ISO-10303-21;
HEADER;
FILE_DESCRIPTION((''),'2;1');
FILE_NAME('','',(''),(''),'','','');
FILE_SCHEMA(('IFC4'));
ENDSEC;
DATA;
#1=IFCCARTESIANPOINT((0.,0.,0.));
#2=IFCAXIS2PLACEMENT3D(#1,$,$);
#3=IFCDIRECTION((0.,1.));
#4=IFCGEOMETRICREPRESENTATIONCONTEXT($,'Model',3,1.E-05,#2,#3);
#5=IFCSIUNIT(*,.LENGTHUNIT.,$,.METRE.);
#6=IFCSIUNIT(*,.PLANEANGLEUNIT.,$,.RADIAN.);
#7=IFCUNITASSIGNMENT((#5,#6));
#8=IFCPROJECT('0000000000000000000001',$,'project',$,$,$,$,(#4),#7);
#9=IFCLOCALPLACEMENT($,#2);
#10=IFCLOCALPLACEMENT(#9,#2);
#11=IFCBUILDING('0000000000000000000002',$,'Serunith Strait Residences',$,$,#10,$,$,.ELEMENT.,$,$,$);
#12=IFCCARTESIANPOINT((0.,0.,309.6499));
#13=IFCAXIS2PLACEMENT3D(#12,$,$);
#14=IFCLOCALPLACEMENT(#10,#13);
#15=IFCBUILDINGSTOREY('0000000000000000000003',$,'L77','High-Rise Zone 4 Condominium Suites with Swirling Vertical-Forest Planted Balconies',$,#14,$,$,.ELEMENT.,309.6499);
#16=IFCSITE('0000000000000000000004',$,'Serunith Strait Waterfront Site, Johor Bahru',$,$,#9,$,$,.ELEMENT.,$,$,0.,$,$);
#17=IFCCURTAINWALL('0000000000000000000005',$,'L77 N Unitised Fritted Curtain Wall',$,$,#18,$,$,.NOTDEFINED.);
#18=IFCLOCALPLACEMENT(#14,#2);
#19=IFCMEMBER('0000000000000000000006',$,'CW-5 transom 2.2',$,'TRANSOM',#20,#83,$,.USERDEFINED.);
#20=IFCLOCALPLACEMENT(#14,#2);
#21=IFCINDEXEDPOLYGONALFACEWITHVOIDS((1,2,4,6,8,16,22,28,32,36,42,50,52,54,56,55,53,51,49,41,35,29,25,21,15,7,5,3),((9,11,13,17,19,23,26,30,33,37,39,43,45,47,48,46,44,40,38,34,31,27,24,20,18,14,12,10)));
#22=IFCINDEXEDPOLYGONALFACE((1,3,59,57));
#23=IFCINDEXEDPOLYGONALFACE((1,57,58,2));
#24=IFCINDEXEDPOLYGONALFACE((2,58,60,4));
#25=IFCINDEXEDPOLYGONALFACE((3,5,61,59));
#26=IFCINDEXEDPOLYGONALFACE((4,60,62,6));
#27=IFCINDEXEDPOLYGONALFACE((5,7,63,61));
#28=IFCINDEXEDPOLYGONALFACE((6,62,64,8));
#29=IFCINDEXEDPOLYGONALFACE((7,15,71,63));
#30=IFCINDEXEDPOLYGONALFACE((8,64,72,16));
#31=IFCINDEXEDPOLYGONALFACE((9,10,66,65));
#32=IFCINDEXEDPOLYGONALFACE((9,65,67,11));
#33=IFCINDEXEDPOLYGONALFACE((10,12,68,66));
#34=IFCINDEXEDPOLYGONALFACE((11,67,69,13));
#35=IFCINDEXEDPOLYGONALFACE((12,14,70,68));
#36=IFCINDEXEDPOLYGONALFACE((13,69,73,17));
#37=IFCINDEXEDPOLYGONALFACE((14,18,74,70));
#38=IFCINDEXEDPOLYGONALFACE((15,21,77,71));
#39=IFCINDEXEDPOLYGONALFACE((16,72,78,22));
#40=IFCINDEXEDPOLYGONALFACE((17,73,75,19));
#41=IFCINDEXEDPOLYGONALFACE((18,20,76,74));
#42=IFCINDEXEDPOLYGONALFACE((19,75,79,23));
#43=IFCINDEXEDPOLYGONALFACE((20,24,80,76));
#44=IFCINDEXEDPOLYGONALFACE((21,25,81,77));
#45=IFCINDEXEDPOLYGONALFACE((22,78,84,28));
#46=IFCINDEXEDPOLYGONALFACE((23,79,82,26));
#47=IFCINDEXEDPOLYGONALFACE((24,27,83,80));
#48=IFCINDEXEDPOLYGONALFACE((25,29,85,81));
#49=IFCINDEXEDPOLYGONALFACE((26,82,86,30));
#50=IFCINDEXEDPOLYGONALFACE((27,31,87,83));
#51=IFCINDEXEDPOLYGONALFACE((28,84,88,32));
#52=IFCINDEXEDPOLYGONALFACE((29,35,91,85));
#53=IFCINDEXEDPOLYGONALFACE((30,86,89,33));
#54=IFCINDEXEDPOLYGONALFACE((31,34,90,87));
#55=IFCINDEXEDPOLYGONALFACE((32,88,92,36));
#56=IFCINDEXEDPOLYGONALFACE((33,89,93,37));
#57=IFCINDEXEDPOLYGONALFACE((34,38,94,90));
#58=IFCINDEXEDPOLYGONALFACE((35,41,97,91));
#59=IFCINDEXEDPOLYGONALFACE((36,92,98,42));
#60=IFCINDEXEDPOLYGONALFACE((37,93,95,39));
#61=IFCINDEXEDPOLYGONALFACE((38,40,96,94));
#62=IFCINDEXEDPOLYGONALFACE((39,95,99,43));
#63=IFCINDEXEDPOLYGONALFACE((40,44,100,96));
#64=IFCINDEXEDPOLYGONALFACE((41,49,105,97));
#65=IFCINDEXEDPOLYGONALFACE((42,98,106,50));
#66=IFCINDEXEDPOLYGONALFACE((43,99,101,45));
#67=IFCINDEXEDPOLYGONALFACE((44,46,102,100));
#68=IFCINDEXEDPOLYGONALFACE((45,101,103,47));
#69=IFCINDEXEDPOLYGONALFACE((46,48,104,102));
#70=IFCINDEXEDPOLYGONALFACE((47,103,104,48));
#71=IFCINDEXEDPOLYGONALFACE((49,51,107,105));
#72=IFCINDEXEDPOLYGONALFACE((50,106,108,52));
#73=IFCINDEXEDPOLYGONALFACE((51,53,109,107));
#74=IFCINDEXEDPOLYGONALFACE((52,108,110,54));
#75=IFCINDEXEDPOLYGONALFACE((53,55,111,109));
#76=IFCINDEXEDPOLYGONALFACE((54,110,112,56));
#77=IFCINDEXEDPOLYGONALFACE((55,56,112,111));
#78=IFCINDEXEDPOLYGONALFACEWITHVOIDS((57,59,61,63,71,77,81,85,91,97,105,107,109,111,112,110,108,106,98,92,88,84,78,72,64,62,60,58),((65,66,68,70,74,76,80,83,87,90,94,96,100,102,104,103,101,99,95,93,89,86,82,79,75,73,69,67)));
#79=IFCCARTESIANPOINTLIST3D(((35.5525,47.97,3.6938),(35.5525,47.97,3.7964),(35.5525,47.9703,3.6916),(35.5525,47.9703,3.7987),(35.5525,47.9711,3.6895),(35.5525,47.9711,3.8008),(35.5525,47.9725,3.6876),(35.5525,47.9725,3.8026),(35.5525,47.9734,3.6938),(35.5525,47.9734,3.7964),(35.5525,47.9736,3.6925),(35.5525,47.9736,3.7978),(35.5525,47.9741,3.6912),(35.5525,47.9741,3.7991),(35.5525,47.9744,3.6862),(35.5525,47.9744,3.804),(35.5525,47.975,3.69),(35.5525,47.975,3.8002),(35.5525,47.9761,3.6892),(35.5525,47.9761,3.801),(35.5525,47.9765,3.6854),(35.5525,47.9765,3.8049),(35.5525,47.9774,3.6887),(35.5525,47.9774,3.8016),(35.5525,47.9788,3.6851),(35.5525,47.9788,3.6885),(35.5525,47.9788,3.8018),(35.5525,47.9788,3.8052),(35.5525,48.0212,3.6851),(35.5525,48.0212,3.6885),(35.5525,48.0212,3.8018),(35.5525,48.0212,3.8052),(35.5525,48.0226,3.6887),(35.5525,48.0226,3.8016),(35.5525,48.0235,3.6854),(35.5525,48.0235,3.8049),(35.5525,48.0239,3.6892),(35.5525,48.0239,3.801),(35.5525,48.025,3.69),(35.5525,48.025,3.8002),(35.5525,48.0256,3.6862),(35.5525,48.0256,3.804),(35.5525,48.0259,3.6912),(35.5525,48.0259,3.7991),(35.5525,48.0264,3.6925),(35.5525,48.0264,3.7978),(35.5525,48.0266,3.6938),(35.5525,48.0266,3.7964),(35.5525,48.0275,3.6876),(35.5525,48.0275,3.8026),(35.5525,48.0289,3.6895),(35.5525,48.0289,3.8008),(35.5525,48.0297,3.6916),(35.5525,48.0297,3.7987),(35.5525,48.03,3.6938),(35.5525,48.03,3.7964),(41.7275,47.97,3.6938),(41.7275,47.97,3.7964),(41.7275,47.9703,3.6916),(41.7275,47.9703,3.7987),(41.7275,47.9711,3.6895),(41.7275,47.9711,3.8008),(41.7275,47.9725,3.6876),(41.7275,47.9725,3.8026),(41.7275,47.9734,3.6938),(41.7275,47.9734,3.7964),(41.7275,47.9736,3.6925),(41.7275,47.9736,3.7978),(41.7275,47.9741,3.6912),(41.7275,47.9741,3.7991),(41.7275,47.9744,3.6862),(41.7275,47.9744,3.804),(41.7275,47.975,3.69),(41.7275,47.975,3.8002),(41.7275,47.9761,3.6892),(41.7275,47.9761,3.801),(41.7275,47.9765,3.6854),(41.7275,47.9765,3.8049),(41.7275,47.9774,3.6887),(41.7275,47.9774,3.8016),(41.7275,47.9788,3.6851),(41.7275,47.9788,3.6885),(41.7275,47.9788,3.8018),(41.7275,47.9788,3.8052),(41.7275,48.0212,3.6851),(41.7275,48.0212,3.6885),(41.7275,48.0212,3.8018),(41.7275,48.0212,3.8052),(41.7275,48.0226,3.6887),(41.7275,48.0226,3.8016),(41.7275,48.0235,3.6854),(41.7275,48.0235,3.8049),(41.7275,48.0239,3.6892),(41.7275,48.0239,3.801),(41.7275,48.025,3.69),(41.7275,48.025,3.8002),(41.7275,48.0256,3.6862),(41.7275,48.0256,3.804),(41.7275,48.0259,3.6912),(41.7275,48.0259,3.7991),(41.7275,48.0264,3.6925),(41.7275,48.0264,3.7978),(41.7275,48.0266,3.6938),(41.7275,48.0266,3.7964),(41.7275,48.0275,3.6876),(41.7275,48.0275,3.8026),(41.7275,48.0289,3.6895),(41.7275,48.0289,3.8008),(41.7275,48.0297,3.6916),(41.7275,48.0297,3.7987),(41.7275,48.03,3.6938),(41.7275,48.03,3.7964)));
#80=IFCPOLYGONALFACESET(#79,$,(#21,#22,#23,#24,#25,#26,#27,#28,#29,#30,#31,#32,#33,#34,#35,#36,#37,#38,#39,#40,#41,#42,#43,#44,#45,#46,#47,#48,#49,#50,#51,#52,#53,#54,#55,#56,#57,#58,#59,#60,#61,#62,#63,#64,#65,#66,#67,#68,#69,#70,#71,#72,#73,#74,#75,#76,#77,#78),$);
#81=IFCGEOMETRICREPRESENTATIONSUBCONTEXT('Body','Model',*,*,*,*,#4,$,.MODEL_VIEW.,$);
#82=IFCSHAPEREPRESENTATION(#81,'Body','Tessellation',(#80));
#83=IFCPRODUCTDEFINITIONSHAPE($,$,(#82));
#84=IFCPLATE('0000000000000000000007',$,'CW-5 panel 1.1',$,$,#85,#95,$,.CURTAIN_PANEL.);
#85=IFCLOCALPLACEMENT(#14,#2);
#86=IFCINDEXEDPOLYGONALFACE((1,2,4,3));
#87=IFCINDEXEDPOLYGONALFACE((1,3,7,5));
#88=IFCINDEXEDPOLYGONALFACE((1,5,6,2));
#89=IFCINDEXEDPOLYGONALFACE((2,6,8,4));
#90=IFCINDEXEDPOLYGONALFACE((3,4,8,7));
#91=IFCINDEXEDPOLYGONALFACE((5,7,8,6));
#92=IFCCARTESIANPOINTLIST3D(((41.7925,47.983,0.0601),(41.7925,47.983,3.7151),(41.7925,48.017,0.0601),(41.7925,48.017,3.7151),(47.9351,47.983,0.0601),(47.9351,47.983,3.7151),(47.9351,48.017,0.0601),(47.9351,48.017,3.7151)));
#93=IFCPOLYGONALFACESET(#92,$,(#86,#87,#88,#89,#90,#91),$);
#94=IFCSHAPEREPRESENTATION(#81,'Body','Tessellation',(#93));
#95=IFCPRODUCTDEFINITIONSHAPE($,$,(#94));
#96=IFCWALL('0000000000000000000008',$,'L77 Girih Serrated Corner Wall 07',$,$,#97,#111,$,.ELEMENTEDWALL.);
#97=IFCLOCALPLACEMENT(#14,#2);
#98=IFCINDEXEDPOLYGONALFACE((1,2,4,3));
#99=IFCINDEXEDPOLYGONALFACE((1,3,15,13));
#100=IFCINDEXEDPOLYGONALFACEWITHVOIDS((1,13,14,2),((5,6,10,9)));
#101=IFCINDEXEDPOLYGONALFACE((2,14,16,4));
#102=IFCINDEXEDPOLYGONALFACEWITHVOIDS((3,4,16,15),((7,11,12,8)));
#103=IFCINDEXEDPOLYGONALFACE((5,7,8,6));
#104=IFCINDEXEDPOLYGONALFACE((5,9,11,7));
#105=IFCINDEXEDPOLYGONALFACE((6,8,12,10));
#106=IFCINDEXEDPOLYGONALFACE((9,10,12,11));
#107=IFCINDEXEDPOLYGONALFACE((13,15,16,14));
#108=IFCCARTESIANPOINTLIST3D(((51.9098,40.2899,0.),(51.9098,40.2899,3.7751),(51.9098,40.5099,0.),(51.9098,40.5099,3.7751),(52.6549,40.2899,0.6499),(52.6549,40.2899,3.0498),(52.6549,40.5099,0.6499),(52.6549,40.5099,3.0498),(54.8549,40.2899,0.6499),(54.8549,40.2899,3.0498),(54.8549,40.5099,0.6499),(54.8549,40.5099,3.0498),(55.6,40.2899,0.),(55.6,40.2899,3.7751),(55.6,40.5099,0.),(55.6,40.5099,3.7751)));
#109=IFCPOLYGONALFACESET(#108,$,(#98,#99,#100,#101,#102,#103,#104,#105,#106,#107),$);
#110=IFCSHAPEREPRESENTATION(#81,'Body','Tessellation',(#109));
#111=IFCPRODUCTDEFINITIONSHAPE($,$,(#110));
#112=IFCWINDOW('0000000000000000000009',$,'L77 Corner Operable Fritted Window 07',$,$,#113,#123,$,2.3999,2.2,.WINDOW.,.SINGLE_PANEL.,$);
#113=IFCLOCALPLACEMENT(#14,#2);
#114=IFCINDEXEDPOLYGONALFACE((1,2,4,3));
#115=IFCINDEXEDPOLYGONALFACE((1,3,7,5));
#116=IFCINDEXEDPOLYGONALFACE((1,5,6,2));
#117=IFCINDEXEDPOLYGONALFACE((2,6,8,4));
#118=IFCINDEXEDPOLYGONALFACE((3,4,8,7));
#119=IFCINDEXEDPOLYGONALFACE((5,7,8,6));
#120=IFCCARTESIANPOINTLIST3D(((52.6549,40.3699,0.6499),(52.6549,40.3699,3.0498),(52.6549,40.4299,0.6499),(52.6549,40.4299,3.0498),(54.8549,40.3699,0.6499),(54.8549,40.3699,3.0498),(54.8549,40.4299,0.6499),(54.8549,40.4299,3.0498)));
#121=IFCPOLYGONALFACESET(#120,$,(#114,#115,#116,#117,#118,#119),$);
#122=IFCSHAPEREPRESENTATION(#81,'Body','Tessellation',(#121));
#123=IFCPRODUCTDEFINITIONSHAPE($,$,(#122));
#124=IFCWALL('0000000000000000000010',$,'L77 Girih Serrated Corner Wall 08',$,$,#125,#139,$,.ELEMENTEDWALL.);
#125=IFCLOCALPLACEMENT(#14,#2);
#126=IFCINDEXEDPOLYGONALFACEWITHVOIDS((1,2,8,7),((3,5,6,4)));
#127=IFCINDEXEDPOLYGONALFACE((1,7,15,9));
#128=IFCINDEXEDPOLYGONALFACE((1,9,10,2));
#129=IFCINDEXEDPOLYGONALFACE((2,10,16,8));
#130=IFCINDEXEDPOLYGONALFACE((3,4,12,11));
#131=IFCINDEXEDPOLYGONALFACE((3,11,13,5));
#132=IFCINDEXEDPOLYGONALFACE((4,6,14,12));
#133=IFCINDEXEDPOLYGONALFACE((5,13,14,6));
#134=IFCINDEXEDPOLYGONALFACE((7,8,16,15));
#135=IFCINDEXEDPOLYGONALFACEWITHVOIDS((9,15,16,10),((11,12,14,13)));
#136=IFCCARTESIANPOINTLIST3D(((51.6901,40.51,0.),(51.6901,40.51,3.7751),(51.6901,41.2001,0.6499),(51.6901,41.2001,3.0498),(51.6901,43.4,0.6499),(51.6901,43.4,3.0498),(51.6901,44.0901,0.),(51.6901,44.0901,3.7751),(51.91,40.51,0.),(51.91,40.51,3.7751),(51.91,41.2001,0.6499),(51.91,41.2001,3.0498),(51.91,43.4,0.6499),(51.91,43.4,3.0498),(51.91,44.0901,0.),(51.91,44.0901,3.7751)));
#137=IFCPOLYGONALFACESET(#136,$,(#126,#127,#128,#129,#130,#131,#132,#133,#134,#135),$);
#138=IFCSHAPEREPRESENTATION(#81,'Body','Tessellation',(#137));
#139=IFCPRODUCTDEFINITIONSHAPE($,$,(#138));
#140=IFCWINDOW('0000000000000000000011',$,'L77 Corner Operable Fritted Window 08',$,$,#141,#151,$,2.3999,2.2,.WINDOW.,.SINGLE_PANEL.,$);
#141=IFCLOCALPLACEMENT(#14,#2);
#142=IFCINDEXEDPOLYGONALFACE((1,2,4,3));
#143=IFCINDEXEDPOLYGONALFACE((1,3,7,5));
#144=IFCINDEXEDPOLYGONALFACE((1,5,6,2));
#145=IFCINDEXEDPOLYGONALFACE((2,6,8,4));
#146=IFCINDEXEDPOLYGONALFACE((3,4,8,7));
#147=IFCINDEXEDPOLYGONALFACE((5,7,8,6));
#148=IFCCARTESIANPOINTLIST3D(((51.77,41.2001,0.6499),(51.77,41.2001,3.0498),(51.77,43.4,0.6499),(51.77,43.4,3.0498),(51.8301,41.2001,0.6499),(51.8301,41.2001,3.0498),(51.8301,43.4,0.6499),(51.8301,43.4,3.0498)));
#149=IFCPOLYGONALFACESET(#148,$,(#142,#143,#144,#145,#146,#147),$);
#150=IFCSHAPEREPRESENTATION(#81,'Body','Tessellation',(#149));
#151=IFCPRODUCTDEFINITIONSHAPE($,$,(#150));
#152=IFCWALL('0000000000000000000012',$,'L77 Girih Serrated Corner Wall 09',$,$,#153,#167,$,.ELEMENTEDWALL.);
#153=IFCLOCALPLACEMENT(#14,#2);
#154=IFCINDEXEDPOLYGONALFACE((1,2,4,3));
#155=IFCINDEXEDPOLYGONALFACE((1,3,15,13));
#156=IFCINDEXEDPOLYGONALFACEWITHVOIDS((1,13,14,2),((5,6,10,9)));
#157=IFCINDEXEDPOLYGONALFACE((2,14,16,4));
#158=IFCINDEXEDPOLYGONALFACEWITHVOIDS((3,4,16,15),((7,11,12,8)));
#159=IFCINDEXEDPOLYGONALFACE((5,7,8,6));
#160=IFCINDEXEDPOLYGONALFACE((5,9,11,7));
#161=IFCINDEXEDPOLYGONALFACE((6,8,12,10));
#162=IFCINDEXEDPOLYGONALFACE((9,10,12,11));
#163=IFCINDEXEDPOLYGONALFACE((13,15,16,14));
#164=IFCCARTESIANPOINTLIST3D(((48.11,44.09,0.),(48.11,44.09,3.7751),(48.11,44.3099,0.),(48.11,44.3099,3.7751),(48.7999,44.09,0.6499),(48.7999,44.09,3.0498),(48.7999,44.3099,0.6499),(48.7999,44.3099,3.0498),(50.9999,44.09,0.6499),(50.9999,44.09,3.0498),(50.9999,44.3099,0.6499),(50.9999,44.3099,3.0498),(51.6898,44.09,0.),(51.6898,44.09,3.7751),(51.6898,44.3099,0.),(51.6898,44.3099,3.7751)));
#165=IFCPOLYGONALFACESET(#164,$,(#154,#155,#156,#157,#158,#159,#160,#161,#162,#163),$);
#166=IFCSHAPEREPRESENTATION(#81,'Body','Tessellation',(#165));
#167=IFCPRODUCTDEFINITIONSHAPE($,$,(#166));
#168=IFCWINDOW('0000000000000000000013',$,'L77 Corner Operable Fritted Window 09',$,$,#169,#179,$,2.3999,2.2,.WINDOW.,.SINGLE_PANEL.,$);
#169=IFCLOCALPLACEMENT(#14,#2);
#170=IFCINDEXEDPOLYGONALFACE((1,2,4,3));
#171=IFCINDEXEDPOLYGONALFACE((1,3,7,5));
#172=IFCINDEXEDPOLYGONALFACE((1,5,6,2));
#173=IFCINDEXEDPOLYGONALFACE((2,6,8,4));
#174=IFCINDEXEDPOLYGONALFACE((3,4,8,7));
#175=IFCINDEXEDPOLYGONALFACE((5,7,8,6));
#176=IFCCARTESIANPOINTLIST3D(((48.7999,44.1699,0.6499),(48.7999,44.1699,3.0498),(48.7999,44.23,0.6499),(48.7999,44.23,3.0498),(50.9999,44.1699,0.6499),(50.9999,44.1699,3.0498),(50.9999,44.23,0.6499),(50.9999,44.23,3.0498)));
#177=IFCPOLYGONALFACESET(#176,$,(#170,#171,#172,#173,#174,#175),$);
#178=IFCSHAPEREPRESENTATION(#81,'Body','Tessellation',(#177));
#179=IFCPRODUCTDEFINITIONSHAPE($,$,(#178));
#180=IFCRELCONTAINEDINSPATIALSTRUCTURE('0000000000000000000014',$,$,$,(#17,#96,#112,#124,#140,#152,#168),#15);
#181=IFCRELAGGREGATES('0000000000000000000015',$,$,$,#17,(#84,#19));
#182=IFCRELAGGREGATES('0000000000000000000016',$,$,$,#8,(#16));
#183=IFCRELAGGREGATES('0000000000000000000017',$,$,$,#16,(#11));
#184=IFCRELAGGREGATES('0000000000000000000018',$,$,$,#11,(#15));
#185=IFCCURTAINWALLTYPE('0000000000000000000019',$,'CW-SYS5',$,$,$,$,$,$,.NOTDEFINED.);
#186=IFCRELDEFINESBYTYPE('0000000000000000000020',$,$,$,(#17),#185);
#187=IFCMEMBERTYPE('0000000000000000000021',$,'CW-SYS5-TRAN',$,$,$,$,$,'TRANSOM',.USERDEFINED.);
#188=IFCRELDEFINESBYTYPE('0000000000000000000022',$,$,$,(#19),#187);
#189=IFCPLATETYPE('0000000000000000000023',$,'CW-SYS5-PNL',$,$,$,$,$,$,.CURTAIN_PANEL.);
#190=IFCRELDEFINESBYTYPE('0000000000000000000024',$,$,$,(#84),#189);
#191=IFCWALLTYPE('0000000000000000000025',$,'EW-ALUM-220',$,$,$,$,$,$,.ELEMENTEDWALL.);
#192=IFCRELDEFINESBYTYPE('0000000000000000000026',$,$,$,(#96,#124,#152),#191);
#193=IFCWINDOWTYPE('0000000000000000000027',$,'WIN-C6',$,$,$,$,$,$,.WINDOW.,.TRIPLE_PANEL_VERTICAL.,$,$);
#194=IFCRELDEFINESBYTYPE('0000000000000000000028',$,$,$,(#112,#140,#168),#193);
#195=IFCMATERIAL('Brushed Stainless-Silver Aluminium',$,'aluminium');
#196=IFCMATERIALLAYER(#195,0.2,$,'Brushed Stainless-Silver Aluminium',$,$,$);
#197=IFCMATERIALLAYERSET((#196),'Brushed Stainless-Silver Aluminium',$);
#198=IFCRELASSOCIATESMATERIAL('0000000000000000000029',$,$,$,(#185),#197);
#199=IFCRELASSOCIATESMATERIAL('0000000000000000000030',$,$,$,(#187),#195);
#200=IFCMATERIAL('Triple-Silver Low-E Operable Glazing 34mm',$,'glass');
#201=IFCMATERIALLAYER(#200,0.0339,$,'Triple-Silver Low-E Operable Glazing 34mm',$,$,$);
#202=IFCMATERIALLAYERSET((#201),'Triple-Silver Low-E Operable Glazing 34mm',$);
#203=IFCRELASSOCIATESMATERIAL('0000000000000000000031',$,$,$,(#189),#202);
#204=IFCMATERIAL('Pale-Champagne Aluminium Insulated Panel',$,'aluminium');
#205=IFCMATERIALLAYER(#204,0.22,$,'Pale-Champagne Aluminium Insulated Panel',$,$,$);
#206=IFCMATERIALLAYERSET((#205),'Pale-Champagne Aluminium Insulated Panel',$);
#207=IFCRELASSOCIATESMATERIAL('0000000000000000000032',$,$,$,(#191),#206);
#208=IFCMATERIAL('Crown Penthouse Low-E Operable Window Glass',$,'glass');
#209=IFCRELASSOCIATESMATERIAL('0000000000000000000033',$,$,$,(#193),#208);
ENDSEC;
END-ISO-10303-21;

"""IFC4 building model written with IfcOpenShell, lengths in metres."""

from ifc_helpers import new_model, si_unit, direction, frame, frame_2d, origin, origin_2d, place, context, subcontext, project, spatial, rectangle, hollow_rectangle, extrude, source, transform, mapped, material, layer, layer_set, material_profile, profile_set, type_object, element, fill, aggregate, save


model = new_model("IFC4")

# Units and contexts
model_context = context("Model", 3, precision=1e-05, world=origin(), true_north=direction((0.0, 1.0)))
body_context = subcontext(model_context, "Body", "Model", "MODEL_VIEW")
ifc_project = project(units=[si_unit("LENGTHUNIT", "METRE"), si_unit("PLANEANGLEUNIT", "RADIAN")], contexts=[model_context])

# Site, building, storey
site_placement = place(None, origin())
site = spatial("IfcSite", under=ifc_project, at=site_placement, Name="Serunith Strait Waterfront Site, Johor Bahru", CompositionType="ELEMENT", RefElevation=0.0)
building_placement = place(site_placement, origin())
building = spatial("IfcBuilding", under=site, at=building_placement, Name="Serunith Strait Residences", CompositionType="ELEMENT")
storey_placement = place(building_placement, frame((0.0, 0.0, 309.6499)))
storey = spatial("IfcBuildingStorey", under=building, at=storey_placement, Name="L77", Description="High-Rise Zone 4 Condominium Suites with Swirling Vertical-Forest Planted Balconies", CompositionType="ELEMENT", Elevation=309.6499)

# Shared definitions
ifc_material_1 = material(Name="Brushed Stainless-Silver Aluminium", Category="aluminium")
ifc_layer_1 = layer(ifc_material_1, 0.2, Name="Brushed Stainless-Silver Aluminium")
ifc_layer_set_1 = layer_set([ifc_layer_1], Name="Brushed Stainless-Silver Aluminium")
curtain_wall_type = type_object("IfcCurtainWallType", Name="CW-SYS5", PredefinedType="NOTDEFINED", material=ifc_layer_set_1)

# Curtain wall, member, plate
curtain_wall_1_placement = place(storey_placement, origin())
curtain_wall_1 = element("IfcCurtainWall", 1, at=curtain_wall_1_placement, inside=storey, type_object=curtain_wall_type, Name="L77 N Unitised Fritted Curtain Wall", PredefinedType="NOTDEFINED")
ifc_material_profile_1 = material_profile(ifc_material_1, hollow_rectangle(XDim=0.0601, YDim=0.1201, WallThickness=0.0034, InnerFilletRadius=0.0054, OuterFilletRadius=0.0088, at=origin_2d()), Name="ALU 120x60x3.5")
ifc_profile_set_1 = profile_set([ifc_material_profile_1], Name="Brushed Stainless-Silver Aluminium")
member_type_1 = type_object("IfcMemberType", Name="CW-SYS5-TRAN", ElementType="TRANSOM", PredefinedType="USERDEFINED", material=ifc_profile_set_1)
shared_shape_1 = source(origin(), body_context, "Body", "SweptSolid", [
    extrude(hollow_rectangle(XDim=0.0601, YDim=0.1201, WallThickness=0.0034, InnerFilletRadius=0.0054, OuterFilletRadius=0.0088, at=origin_2d()), origin(), (0.0, 0.0, 1.0), 6.175),
])
member_1_placement = place(storey_placement, frame((41.7275, 48.0, 3.7451), z_axis=(-1.0, 0.0, 0.0), x_axis=(0.0, -1.0, 0.0)))
member_1 = element("IfcMember", 2, at=member_1_placement, type_object=member_type_1, Name="CW-5 transom 2.2", ObjectType="TRANSOM", PredefinedType="USERDEFINED", context=body_context, shape_type="MappedRepresentation", body=[
    mapped(shared_shape_1, transform((0.0, 0.0, 0.0), scale=1.0)),
])
ifc_material_2 = material(Name="Triple-Silver Low-E Operable Glazing 34mm", Category="glass")
ifc_layer_2 = layer(ifc_material_2, 0.0339, Name="Triple-Silver Low-E Operable Glazing 34mm")
ifc_layer_set_2 = layer_set([ifc_layer_2], Name="Triple-Silver Low-E Operable Glazing 34mm")
plate_type = type_object("IfcPlateType", Name="CW-SYS5-PNL", PredefinedType="CURTAIN_PANEL", material=ifc_layer_set_2)
shared_shape_2 = source(origin(), body_context, "Body", "SweptSolid", [
    extrude(rectangle(XDim=6.1426, YDim=0.0339, at=origin_2d()), origin(), (0.0, 0.0, 1.0), 3.655),
])
plate_placement = place(storey_placement, frame((44.8638, 48.0, 0.0601), z_axis=(0.0, 0.0, 1.0), x_axis=(-1.0, 0.0, 0.0)))
plate = element("IfcPlate", 3, at=plate_placement, type_object=plate_type, Name="CW-5 panel 1.1", PredefinedType="CURTAIN_PANEL", context=body_context, shape_type="MappedRepresentation", body=[
    mapped(shared_shape_2, transform((0.0, 0.0, 0.0), scale=1.0)),
])
aggregate(curtain_wall_1, [plate, member_1])

# Walls, openings, windows
ifc_material_3 = material(Name="Pale-Champagne Aluminium Insulated Panel", Category="aluminium")
ifc_layer_3 = layer(ifc_material_3, 0.22, Name="Pale-Champagne Aluminium Insulated Panel")
ifc_layer_set_3 = layer_set([ifc_layer_3], Name="Pale-Champagne Aluminium Insulated Panel")
wall_type = type_object("IfcWallType", Name="EW-ALUM-220", PredefinedType="ELEMENTEDWALL", material=ifc_layer_set_3)
wall_1_placement = place(storey_placement, frame((55.6001, 40.3999, 0.0), z_axis=(0.0, 0.0, 1.0), x_axis=(-1.0, 0.0, 0.0)))
wall_1 = element("IfcWall", 4, at=wall_1_placement, inside=storey, type_object=wall_type, Name="L77 Girih Serrated Corner Wall 07", PredefinedType="ELEMENTEDWALL", context=body_context, shape_type="SweptSolid", body=[
    extrude(rectangle(XDim=3.6902, YDim=0.22, at=frame_2d((1.8452, 0.0))), origin(), (0.0, 0.0, 1.0), 3.7751),
])
opening_1_placement = place(wall_1_placement, frame((0.7451, 0.0, 0.6499)))
opening_1 = element("IfcOpeningElement", 5, at=opening_1_placement, cuts=wall_1, PredefinedType="OPENING", context=body_context, shape_type="SweptSolid", body=[
    extrude(rectangle(XDim=2.2, YDim=2.3999, at=frame_2d((1.1001, 1.2))), frame((0.0, 0.1201, 0.0), z_axis=(0.0, -1.0, 0.0), x_axis=(1.0, 0.0, 0.0)), (0.0, 0.0, 1.0), 0.24),
])
ifc_material_4 = material(Name="Crown Penthouse Low-E Operable Window Glass", Category="glass")
window_type = type_object("IfcWindowType", Name="WIN-C6", PartitioningType="TRIPLE_PANEL_VERTICAL", PredefinedType="WINDOW", material=ifc_material_4)
shared_shape_3 = source(origin(), body_context, "Body", "SweptSolid", [
    extrude(rectangle(XDim=2.2, YDim=2.3999, at=frame_2d((1.1001, 1.2))), frame((0.0, 0.03, 0.0), z_axis=(0.0, -1.0, 0.0), x_axis=(1.0, 0.0, 0.0)), (0.0, 0.0, 1.0), 0.0601),
])
window_1_placement = place(opening_1_placement, origin())
window_1 = element("IfcWindow", 6, at=window_1_placement, inside=storey, type_object=window_type, Name="L77 Corner Operable Fritted Window 07", OverallHeight=2.3999, OverallWidth=2.2, PartitioningType="SINGLE_PANEL", PredefinedType="WINDOW", context=body_context, shape_type="MappedRepresentation", body=[
    mapped(shared_shape_3, transform((0.0, 0.0, 0.0), scale=1.0)),
])
fill(opening_1, window_1)
wall_2_placement = place(storey_placement, frame((51.8, 40.51, 0.0), z_axis=(0.0, 0.0, 1.0), x_axis=(0.0, 1.0, 0.0)))
wall_2 = element("IfcWall", 7, at=wall_2_placement, inside=storey, type_object=wall_type, Name="L77 Girih Serrated Corner Wall 08", PredefinedType="ELEMENTEDWALL", context=body_context, shape_type="SweptSolid", body=[
    extrude(rectangle(XDim=3.5801, YDim=0.22, at=frame_2d((1.79, 0.0))), origin(), (0.0, 0.0, 1.0), 3.7751),
])
opening_2_placement = place(wall_2_placement, frame((0.6899, 0.0, 0.6499)))
opening_2 = element("IfcOpeningElement", 8, at=opening_2_placement, cuts=wall_2, PredefinedType="OPENING", context=body_context, shape_type="SweptSolid", body=[
    extrude(rectangle(XDim=2.2, YDim=2.3999, at=frame_2d((1.1001, 1.2))), frame((0.0, 0.1201, 0.0), z_axis=(0.0, -1.0, 0.0), x_axis=(1.0, 0.0, 0.0)), (0.0, 0.0, 1.0), 0.24),
])
window_2_placement = place(opening_2_placement, origin())
window_2 = element("IfcWindow", 9, at=window_2_placement, inside=storey, type_object=window_type, Name="L77 Corner Operable Fritted Window 08", OverallHeight=2.3999, OverallWidth=2.2, PartitioningType="SINGLE_PANEL", PredefinedType="WINDOW", context=body_context, shape_type="MappedRepresentation", body=[
    mapped(shared_shape_3, transform((0.0, 0.0, 0.0), scale=1.0)),
])
fill(opening_2, window_2)
wall_3_placement = place(storey_placement, frame((51.6899, 44.2, 0.0), z_axis=(0.0, 0.0, 1.0), x_axis=(-1.0, 0.0, 0.0)))
wall_3 = element("IfcWall", 10, at=wall_3_placement, inside=storey, type_object=wall_type, Name="L77 Girih Serrated Corner Wall 09", PredefinedType="ELEMENTEDWALL", context=body_context, shape_type="SweptSolid", body=[
    extrude(rectangle(XDim=3.5798, YDim=0.22, at=frame_2d((1.79, 0.0))), origin(), (0.0, 0.0, 1.0), 3.7751),
])
opening_3_placement = place(wall_3_placement, frame((0.6899, 0.0, 0.6499)))
opening_3 = element("IfcOpeningElement", 11, at=opening_3_placement, cuts=wall_3, PredefinedType="OPENING", context=body_context, shape_type="SweptSolid", body=[
    extrude(rectangle(XDim=2.2, YDim=2.3999, at=frame_2d((1.1001, 1.2))), frame((0.0, 0.1201, 0.0), z_axis=(0.0, -1.0, 0.0), x_axis=(1.0, 0.0, 0.0)), (0.0, 0.0, 1.0), 0.24),
])
window_3_placement = place(opening_3_placement, origin())
window_3 = element("IfcWindow", 12, at=window_3_placement, inside=storey, type_object=window_type, Name="L77 Corner Operable Fritted Window 09", OverallHeight=2.3999, OverallWidth=2.2, PartitioningType="SINGLE_PANEL", PredefinedType="WINDOW", context=body_context, shape_type="MappedRepresentation", body=[
    mapped(shared_shape_3, transform((0.0, 0.0, 0.0), scale=1.0)),
])
fill(opening_3, window_3)

save(model, "model.ifc")
